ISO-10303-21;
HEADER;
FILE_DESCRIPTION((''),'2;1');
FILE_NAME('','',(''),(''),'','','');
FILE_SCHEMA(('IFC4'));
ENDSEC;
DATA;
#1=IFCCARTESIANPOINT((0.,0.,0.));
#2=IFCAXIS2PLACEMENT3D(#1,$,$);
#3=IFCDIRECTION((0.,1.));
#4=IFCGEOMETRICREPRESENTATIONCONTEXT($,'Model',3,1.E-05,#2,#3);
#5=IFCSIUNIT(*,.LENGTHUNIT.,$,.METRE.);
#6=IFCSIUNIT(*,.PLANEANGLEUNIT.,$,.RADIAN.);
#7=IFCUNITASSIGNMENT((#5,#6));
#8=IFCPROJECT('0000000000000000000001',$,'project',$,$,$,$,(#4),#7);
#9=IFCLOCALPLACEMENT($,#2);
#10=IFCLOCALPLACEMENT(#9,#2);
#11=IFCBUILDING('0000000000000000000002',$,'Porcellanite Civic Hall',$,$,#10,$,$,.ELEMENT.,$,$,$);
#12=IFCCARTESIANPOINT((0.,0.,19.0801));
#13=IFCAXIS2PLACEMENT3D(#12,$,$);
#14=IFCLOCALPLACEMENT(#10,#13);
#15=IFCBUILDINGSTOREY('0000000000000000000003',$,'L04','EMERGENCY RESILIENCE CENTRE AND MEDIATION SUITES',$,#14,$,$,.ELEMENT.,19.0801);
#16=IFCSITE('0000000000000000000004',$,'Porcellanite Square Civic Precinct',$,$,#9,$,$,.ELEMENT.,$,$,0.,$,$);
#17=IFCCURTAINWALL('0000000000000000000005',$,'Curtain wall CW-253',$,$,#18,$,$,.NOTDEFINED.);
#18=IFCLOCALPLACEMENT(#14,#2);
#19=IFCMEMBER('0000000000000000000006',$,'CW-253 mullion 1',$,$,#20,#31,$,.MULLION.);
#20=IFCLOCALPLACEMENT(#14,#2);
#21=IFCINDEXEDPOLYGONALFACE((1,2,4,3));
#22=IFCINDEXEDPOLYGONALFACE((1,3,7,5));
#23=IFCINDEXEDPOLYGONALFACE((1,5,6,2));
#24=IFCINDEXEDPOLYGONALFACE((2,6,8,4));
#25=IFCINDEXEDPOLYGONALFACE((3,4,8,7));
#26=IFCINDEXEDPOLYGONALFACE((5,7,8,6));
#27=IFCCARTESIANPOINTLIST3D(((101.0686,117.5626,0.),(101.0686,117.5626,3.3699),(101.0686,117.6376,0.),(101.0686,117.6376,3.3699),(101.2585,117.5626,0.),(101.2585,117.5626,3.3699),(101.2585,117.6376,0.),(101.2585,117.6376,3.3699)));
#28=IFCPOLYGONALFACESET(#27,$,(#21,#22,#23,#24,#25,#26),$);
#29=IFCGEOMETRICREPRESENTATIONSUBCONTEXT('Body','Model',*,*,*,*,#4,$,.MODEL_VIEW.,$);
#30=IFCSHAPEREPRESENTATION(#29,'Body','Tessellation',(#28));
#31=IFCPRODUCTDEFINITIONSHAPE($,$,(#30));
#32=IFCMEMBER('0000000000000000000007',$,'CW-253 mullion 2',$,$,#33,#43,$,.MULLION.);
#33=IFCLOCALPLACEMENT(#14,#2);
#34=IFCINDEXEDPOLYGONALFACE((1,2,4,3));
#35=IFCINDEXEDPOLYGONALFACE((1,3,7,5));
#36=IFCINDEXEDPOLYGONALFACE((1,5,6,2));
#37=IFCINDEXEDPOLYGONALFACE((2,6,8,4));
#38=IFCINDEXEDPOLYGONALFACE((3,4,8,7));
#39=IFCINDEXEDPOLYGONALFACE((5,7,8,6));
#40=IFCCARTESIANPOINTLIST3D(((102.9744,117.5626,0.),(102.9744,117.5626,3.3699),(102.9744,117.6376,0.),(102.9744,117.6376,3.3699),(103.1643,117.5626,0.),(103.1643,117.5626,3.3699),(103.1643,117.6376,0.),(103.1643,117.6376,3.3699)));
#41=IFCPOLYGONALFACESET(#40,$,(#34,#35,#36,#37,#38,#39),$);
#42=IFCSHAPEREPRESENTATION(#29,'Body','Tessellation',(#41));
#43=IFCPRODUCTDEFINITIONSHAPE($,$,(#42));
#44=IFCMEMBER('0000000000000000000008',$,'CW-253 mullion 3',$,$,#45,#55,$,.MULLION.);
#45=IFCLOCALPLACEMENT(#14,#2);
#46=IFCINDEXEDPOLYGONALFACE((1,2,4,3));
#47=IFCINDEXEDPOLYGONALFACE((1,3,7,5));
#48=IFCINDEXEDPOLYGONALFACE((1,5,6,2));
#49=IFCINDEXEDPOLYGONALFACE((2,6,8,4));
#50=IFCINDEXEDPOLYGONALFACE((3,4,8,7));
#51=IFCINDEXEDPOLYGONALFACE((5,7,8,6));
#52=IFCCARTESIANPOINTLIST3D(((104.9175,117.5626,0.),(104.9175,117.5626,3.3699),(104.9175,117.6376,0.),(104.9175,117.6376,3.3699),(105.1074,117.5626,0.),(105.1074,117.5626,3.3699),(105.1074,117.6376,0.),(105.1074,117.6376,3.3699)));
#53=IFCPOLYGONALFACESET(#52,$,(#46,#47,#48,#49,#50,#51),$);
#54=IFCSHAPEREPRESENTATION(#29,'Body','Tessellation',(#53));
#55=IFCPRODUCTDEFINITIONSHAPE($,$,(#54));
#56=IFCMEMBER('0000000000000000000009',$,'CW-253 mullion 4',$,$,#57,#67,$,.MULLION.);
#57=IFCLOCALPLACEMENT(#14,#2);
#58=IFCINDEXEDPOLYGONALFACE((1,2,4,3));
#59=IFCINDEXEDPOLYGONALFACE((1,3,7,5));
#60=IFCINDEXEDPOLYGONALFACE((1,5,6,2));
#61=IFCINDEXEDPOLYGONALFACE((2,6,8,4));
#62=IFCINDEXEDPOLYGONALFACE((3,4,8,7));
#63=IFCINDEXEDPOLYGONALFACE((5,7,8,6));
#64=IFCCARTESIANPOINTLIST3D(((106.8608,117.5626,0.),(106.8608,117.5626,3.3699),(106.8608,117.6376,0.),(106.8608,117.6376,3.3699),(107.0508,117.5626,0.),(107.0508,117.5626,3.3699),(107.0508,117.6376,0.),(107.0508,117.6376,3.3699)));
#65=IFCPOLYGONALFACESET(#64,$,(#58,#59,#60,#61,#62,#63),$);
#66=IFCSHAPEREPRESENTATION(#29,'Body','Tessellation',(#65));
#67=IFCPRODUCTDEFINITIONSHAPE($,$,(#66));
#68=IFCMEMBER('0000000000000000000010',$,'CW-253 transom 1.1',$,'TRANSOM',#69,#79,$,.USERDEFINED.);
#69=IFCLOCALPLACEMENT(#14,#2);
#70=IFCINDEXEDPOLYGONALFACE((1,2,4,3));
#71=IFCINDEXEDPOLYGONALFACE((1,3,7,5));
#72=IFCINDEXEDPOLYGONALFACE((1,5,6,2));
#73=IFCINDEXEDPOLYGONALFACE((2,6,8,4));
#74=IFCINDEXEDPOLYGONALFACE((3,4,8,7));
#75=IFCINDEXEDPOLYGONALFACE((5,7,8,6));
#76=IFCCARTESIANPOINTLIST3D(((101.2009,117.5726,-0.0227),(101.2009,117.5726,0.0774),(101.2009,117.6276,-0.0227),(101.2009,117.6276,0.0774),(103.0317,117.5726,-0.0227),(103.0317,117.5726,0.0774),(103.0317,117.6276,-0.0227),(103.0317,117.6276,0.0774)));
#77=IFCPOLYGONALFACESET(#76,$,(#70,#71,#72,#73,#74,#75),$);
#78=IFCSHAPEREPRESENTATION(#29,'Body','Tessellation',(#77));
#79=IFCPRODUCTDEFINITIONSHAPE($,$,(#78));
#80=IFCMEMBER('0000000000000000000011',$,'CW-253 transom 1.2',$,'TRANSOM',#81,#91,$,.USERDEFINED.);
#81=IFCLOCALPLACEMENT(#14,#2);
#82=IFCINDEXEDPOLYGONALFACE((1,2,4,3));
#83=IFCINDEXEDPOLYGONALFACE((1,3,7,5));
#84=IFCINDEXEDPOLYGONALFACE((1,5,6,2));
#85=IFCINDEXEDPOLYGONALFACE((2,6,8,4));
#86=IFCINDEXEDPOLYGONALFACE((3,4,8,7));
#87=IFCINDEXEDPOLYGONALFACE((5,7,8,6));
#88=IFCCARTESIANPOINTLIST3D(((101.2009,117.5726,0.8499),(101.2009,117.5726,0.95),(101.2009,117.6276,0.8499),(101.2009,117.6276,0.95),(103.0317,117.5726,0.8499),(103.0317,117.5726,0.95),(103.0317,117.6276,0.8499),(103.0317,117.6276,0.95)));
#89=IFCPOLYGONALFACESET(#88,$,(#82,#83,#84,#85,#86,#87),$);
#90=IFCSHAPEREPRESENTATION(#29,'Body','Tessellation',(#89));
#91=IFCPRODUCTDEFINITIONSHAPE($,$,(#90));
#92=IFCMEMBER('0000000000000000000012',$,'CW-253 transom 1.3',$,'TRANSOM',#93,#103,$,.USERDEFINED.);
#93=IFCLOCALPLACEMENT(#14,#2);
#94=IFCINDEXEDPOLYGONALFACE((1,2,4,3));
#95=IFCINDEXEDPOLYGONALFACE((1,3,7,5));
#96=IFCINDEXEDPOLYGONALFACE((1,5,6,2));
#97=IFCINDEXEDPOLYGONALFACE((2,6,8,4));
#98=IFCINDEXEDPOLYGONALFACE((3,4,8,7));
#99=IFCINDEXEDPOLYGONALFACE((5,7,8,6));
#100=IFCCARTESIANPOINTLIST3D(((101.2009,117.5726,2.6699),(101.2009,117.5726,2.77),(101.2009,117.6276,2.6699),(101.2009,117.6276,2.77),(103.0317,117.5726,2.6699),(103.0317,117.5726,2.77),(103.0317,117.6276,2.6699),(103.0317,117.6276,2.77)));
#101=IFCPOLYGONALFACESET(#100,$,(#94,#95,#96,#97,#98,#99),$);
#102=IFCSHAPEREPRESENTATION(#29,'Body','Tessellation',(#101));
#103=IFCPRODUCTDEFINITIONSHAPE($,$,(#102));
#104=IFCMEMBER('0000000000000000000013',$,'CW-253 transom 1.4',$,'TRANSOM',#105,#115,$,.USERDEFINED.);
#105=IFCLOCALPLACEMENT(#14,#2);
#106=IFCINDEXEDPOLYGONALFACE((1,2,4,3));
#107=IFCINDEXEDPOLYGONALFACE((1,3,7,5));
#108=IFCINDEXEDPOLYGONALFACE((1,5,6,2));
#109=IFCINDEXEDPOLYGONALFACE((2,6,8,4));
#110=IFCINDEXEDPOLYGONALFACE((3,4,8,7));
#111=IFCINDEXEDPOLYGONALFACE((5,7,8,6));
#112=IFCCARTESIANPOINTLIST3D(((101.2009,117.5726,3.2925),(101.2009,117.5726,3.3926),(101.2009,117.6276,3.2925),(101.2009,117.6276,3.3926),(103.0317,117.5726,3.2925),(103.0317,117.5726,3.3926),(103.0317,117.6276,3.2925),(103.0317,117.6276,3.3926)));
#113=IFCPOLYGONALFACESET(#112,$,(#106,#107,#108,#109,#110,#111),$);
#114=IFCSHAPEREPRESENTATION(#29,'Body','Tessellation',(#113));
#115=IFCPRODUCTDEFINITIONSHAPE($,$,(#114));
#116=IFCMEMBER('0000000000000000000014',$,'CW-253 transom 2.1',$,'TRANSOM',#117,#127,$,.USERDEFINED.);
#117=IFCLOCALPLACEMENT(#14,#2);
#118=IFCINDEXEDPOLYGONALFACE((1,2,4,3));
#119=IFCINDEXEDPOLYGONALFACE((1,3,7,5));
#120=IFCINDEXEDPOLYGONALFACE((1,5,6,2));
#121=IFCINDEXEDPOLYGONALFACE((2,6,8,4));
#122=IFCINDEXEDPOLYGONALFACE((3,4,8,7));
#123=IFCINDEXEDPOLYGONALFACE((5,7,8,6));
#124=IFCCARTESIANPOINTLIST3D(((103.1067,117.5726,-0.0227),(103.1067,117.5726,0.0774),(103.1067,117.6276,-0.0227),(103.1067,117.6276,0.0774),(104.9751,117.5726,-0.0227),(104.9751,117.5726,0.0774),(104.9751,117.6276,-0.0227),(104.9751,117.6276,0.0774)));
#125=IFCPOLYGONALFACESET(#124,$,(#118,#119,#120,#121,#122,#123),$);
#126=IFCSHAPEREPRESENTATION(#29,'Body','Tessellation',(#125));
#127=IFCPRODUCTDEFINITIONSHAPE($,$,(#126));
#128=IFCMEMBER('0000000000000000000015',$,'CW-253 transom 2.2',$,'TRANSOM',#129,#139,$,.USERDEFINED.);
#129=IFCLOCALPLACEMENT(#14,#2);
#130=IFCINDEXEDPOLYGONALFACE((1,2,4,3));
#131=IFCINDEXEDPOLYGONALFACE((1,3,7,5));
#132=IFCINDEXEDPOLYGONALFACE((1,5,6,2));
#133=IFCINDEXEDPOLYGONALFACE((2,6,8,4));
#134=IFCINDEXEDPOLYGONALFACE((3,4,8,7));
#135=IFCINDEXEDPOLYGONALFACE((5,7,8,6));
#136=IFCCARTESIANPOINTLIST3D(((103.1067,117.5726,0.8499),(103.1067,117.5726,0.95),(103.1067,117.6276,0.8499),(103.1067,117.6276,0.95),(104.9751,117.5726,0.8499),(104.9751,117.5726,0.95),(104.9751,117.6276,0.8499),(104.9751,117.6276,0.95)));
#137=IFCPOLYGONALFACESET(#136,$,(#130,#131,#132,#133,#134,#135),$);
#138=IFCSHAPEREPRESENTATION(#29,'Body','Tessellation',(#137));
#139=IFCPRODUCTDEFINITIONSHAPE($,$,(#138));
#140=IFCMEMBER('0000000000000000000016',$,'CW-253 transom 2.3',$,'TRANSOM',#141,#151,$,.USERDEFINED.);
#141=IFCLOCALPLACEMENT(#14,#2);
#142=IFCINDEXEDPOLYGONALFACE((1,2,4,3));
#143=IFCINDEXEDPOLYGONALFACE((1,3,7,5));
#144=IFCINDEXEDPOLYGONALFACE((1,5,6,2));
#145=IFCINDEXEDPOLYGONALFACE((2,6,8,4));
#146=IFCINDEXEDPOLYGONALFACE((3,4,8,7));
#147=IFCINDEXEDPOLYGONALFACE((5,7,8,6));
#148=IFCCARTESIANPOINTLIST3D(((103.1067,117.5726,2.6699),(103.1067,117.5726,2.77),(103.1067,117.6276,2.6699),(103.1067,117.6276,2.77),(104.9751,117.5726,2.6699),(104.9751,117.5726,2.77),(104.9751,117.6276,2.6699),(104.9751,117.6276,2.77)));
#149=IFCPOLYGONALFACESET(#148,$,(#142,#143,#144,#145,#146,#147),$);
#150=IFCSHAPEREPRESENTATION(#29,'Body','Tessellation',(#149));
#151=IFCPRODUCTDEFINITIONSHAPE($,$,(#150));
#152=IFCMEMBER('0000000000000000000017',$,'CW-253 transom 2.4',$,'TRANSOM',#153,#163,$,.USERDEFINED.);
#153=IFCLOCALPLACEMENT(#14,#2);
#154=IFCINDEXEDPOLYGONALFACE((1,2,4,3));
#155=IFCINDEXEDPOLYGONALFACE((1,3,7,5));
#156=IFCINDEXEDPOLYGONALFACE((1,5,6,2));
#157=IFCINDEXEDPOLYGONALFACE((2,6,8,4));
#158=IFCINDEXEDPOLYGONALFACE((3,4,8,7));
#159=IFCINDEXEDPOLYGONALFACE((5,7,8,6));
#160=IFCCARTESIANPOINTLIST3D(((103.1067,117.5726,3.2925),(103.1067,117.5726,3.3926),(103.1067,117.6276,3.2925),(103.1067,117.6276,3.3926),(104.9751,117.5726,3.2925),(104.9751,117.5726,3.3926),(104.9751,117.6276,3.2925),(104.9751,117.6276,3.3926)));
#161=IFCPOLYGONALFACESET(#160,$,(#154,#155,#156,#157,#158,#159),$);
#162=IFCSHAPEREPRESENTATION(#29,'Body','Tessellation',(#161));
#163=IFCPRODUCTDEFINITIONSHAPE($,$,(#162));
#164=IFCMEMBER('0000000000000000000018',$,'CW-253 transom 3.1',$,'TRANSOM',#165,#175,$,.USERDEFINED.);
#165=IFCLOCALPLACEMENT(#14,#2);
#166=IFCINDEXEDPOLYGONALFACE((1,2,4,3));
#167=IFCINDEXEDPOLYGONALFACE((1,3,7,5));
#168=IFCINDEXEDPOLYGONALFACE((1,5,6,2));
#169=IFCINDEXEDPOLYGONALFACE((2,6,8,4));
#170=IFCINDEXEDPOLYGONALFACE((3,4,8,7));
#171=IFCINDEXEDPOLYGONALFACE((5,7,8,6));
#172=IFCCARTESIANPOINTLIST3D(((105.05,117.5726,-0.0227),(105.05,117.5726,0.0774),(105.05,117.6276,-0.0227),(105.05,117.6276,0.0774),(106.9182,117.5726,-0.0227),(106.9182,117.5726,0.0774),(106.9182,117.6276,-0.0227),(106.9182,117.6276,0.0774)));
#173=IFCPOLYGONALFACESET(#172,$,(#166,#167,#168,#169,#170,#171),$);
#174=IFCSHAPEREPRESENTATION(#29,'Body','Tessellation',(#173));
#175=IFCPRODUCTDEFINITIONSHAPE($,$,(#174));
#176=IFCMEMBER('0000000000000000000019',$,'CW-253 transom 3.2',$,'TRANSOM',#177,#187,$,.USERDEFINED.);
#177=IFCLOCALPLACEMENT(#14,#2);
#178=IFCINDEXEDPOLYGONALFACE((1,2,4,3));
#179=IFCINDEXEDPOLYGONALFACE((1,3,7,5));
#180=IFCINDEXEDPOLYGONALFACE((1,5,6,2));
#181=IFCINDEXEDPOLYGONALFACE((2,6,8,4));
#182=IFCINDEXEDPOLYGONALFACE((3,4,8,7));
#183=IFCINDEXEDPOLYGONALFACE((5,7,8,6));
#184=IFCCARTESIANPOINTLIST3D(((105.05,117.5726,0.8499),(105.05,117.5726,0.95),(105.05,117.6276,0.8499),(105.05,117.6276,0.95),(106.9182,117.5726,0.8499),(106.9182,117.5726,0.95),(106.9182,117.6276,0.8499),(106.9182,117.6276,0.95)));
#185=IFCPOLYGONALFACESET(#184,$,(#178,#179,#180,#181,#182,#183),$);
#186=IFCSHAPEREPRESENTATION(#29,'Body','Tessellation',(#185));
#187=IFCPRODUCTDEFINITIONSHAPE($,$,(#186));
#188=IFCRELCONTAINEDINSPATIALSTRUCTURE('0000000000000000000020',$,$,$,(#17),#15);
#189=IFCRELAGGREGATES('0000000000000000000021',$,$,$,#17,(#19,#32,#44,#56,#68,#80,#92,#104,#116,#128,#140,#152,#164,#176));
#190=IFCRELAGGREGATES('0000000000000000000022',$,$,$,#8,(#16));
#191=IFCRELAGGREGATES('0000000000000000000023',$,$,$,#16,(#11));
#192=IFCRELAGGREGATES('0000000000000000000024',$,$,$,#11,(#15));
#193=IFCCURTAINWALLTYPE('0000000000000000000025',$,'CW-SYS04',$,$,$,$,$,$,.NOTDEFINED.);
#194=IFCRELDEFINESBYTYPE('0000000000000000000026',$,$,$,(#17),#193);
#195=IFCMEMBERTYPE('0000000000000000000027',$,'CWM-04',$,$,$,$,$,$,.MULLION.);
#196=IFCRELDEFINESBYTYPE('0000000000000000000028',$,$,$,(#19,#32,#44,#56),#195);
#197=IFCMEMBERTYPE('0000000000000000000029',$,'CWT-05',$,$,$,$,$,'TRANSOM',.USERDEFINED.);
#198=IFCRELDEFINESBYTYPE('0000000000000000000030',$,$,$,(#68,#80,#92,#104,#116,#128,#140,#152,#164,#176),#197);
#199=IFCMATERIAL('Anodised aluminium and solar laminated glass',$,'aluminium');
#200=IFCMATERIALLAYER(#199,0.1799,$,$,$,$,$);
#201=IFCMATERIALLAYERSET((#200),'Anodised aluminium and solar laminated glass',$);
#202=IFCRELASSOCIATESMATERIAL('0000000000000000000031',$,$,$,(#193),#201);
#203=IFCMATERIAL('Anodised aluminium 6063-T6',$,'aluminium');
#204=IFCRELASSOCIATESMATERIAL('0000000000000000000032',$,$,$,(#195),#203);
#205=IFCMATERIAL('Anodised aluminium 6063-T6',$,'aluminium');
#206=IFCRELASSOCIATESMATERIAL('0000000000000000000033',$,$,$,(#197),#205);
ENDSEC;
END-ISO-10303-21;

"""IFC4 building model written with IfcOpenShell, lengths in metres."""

from ifc_helpers import new_model, si_unit, direction, frame, origin, origin_2d, place, context, subcontext, project, spatial, rectangle, extrude, material, layer, layer_set, material_profile, profile_set, type_object, element, aggregate, save


model = new_model("IFC4")

# Units and contexts
model_context = context("Model", 3, precision=1e-05, world=origin(), true_north=direction((0.0, 1.0)))
body_context = subcontext(model_context, "Body", "Model", "MODEL_VIEW")
ifc_project = project(units=[si_unit("LENGTHUNIT", "METRE"), si_unit("PLANEANGLEUNIT", "RADIAN")], contexts=[model_context])

# Site, building, storey
site_placement = place(None, origin())
site = spatial("IfcSite", under=ifc_project, at=site_placement, Name="Porcellanite Square Civic Precinct", CompositionType="ELEMENT", RefElevation=0.0)
building_placement = place(site_placement, origin())
building = spatial("IfcBuilding", under=site, at=building_placement, Name="Porcellanite Civic Hall", CompositionType="ELEMENT")
storey_placement = place(building_placement, frame((0.0, 0.0, 19.0801)))
storey = spatial("IfcBuildingStorey", under=building, at=storey_placement, Name="L04", Description="EMERGENCY RESILIENCE CENTRE AND MEDIATION SUITES", CompositionType="ELEMENT", Elevation=19.0801)

# Curtain wall, members
ifc_material_1 = material(Name="Anodised aluminium and solar laminated glass", Category="aluminium")
ifc_layer_1 = layer(ifc_material_1, 0.1799)
ifc_layer_set_1 = layer_set([ifc_layer_1], Name="Anodised aluminium and solar laminated glass")
curtain_wall_type = type_object("IfcCurtainWallType", Name="CW-SYS04", PredefinedType="NOTDEFINED", material=ifc_layer_set_1)
curtain_wall_placement = place(storey_placement, origin())
curtain_wall = element("IfcCurtainWall", 1, at=curtain_wall_placement, inside=storey, type_object=curtain_wall_type, Name="Curtain wall CW-253", PredefinedType="NOTDEFINED")
ifc_material_2 = material(Name="Anodised aluminium 6063-T6", Category="aluminium")
ifc_material_profile_1 = material_profile(ifc_material_2, rectangle(XDim=0.075, YDim=0.1899, at=origin_2d()), Name="AL-75x190")
ifc_profile_set_1 = profile_set([ifc_material_profile_1], Name="Anodised aluminium 6063-T6")
member_type_1 = type_object("IfcMemberType", Name="CWM-04", PredefinedType="MULLION", material=ifc_profile_set_1)
member_1_placement = place(storey_placement, frame((101.1636, 117.6001, 0.0), z_axis=(0.0, 0.0, 1.0), x_axis=(0.0, 1.0, 0.0)))
member_1 = element("IfcMember", 2, at=member_1_placement, type_object=member_type_1, Name="CW-253 mullion 1", PredefinedType="MULLION", context=body_context, shape_type="SweptSolid", body=[
    extrude(rectangle(XDim=0.075, YDim=0.1899, at=origin_2d()), origin(), (0.0, 0.0, 1.0), 3.3699),
])
member_2_placement = place(storey_placement, frame((103.0693, 117.6001, 0.0), z_axis=(0.0, 0.0, 1.0), x_axis=(0.0, 1.0, 0.0)))
member_2 = element("IfcMember", 3, at=member_2_placement, type_object=member_type_1, Name="CW-253 mullion 2", PredefinedType="MULLION", context=body_context, shape_type="SweptSolid", body=[
    extrude(rectangle(XDim=0.075, YDim=0.1899, at=origin_2d()), origin(), (0.0, 0.0, 1.0), 3.3699),
])
member_3_placement = place(storey_placement, frame((105.0125, 117.6001, 0.0), z_axis=(0.0, 0.0, 1.0), x_axis=(0.0, 1.0, 0.0)))
member_3 = element("IfcMember", 4, at=member_3_placement, type_object=member_type_1, Name="CW-253 mullion 3", PredefinedType="MULLION", context=body_context, shape_type="SweptSolid", body=[
    extrude(rectangle(XDim=0.075, YDim=0.1899, at=origin_2d()), origin(), (0.0, 0.0, 1.0), 3.3699),
])
member_4_placement = place(storey_placement, frame((106.9558, 117.6001, 0.0), z_axis=(0.0, 0.0, 1.0), x_axis=(0.0, 1.0, 0.0)))
member_4 = element("IfcMember", 5, at=member_4_placement, type_object=member_type_1, Name="CW-253 mullion 4", PredefinedType="MULLION", context=body_context, shape_type="SweptSolid", body=[
    extrude(rectangle(XDim=0.075, YDim=0.1899, at=origin_2d()), origin(), (0.0, 0.0, 1.0), 3.3699),
])
ifc_material_3 = material(Name="Anodised aluminium 6063-T6", Category="aluminium")
ifc_material_profile_2 = material_profile(ifc_material_3, rectangle(XDim=0.0549, YDim=0.1001, at=origin_2d()), Name="AL-55x100")
ifc_profile_set_2 = profile_set([ifc_material_profile_2], Name="Anodised aluminium 6063-T6")
member_type_2 = type_object("IfcMemberType", Name="CWT-05", ElementType="TRANSOM", PredefinedType="USERDEFINED", material=ifc_profile_set_2)
member_5_placement = place(storey_placement, frame((101.2009, 117.6001, 0.0273), z_axis=(1.0, 0.0, 0.0), x_axis=(0.0, 1.0, 0.0)))
member_5 = element("IfcMember", 6, at=member_5_placement, type_object=member_type_2, Name="CW-253 transom 1.1", ObjectType="TRANSOM", PredefinedType="USERDEFINED", context=body_context, shape_type="SweptSolid", body=[
    extrude(rectangle(XDim=0.0549, YDim=0.1001, at=origin_2d()), origin(), (0.0, 0.0, 1.0), 1.8308),
])
member_6_placement = place(storey_placement, frame((101.2009, 117.6001, 0.8999), z_axis=(1.0, 0.0, 0.0), x_axis=(0.0, 1.0, 0.0)))
member_6 = element("IfcMember", 7, at=member_6_placement, type_object=member_type_2, Name="CW-253 transom 1.2", ObjectType="TRANSOM", PredefinedType="USERDEFINED", context=body_context, shape_type="SweptSolid", body=[
    extrude(rectangle(XDim=0.0549, YDim=0.1001, at=origin_2d()), origin(), (0.0, 0.0, 1.0), 1.8308),
])
member_7_placement = place(storey_placement, frame((101.2009, 117.6001, 2.72), z_axis=(1.0, 0.0, 0.0), x_axis=(0.0, 1.0, 0.0)))
member_7 = element("IfcMember", 8, at=member_7_placement, type_object=member_type_2, Name="CW-253 transom 1.3", ObjectType="TRANSOM", PredefinedType="USERDEFINED", context=body_context, shape_type="SweptSolid", body=[
    extrude(rectangle(XDim=0.0549, YDim=0.1001, at=origin_2d()), origin(), (0.0, 0.0, 1.0), 1.8308),
])
member_8_placement = place(storey_placement, frame((101.2009, 117.6001, 3.3425), z_axis=(1.0, 0.0, 0.0), x_axis=(0.0, 1.0, 0.0)))
member_8 = element("IfcMember", 9, at=member_8_placement, type_object=member_type_2, Name="CW-253 transom 1.4", ObjectType="TRANSOM", PredefinedType="USERDEFINED", context=body_context, shape_type="SweptSolid", body=[
    extrude(rectangle(XDim=0.0549, YDim=0.1001, at=origin_2d()), origin(), (0.0, 0.0, 1.0), 1.8308),
])
member_9_placement = place(storey_placement, frame((103.1067, 117.6001, 0.0273), z_axis=(1.0, 0.0, 0.0), x_axis=(0.0, 1.0, 0.0)))
member_9 = element("IfcMember", 10, at=member_9_placement, type_object=member_type_2, Name="CW-253 transom 2.1", ObjectType="TRANSOM", PredefinedType="USERDEFINED", context=body_context, shape_type="SweptSolid", body=[
    extrude(rectangle(XDim=0.0549, YDim=0.1001, at=origin_2d()), origin(), (0.0, 0.0, 1.0), 1.8684),
])
member_10_placement = place(storey_placement, frame((103.1067, 117.6001, 0.8999), z_axis=(1.0, 0.0, 0.0), x_axis=(0.0, 1.0, 0.0)))
member_10 = element("IfcMember", 11, at=member_10_placement, type_object=member_type_2, Name="CW-253 transom 2.2", ObjectType="TRANSOM", PredefinedType="USERDEFINED", context=body_context, shape_type="SweptSolid", body=[
    extrude(rectangle(XDim=0.0549, YDim=0.1001, at=origin_2d()), origin(), (0.0, 0.0, 1.0), 1.8684),
])
member_11_placement = place(storey_placement, frame((103.1067, 117.6001, 2.72), z_axis=(1.0, 0.0, 0.0), x_axis=(0.0, 1.0, 0.0)))
member_11 = element("IfcMember", 12, at=member_11_placement, type_object=member_type_2, Name="CW-253 transom 2.3", ObjectType="TRANSOM", PredefinedType="USERDEFINED", context=body_context, shape_type="SweptSolid", body=[
    extrude(rectangle(XDim=0.0549, YDim=0.1001, at=origin_2d()), origin(), (0.0, 0.0, 1.0), 1.8684),
])
member_12_placement = place(storey_placement, frame((103.1067, 117.6001, 3.3425), z_axis=(1.0, 0.0, 0.0), x_axis=(0.0, 1.0, 0.0)))
member_12 = element("IfcMember", 13, at=member_12_placement, type_object=member_type_2, Name="CW-253 transom 2.4", ObjectType="TRANSOM", PredefinedType="USERDEFINED", context=body_context, shape_type="SweptSolid", body=[
    extrude(rectangle(XDim=0.0549, YDim=0.1001, at=origin_2d()), origin(), (0.0, 0.0, 1.0), 1.8684),
])
member_13_placement = place(storey_placement, frame((105.05, 117.6001, 0.0273), z_axis=(1.0, 0.0, 0.0), x_axis=(0.0, 1.0, 0.0)))
member_13 = element("IfcMember", 14, at=member_13_placement, type_object=member_type_2, Name="CW-253 transom 3.1", ObjectType="TRANSOM", PredefinedType="USERDEFINED", context=body_context, shape_type="SweptSolid", body=[
    extrude(rectangle(XDim=0.0549, YDim=0.1001, at=origin_2d()), origin(), (0.0, 0.0, 1.0), 1.8682),
])
member_14_placement = place(storey_placement, frame((105.05, 117.6001, 0.8999), z_axis=(1.0, 0.0, 0.0), x_axis=(0.0, 1.0, 0.0)))
member_14 = element("IfcMember", 15, at=member_14_placement, type_object=member_type_2, Name="CW-253 transom 3.2", ObjectType="TRANSOM", PredefinedType="USERDEFINED", context=body_context, shape_type="SweptSolid", body=[
    extrude(rectangle(XDim=0.0549, YDim=0.1001, at=origin_2d()), origin(), (0.0, 0.0, 1.0), 1.8682),
])

aggregate(curtain_wall, [member_1, member_2, member_3, member_4, member_5, member_6, member_7, member_8, member_9, member_10, member_11, member_12, member_13, member_14])

save(model, "model.ifc")
